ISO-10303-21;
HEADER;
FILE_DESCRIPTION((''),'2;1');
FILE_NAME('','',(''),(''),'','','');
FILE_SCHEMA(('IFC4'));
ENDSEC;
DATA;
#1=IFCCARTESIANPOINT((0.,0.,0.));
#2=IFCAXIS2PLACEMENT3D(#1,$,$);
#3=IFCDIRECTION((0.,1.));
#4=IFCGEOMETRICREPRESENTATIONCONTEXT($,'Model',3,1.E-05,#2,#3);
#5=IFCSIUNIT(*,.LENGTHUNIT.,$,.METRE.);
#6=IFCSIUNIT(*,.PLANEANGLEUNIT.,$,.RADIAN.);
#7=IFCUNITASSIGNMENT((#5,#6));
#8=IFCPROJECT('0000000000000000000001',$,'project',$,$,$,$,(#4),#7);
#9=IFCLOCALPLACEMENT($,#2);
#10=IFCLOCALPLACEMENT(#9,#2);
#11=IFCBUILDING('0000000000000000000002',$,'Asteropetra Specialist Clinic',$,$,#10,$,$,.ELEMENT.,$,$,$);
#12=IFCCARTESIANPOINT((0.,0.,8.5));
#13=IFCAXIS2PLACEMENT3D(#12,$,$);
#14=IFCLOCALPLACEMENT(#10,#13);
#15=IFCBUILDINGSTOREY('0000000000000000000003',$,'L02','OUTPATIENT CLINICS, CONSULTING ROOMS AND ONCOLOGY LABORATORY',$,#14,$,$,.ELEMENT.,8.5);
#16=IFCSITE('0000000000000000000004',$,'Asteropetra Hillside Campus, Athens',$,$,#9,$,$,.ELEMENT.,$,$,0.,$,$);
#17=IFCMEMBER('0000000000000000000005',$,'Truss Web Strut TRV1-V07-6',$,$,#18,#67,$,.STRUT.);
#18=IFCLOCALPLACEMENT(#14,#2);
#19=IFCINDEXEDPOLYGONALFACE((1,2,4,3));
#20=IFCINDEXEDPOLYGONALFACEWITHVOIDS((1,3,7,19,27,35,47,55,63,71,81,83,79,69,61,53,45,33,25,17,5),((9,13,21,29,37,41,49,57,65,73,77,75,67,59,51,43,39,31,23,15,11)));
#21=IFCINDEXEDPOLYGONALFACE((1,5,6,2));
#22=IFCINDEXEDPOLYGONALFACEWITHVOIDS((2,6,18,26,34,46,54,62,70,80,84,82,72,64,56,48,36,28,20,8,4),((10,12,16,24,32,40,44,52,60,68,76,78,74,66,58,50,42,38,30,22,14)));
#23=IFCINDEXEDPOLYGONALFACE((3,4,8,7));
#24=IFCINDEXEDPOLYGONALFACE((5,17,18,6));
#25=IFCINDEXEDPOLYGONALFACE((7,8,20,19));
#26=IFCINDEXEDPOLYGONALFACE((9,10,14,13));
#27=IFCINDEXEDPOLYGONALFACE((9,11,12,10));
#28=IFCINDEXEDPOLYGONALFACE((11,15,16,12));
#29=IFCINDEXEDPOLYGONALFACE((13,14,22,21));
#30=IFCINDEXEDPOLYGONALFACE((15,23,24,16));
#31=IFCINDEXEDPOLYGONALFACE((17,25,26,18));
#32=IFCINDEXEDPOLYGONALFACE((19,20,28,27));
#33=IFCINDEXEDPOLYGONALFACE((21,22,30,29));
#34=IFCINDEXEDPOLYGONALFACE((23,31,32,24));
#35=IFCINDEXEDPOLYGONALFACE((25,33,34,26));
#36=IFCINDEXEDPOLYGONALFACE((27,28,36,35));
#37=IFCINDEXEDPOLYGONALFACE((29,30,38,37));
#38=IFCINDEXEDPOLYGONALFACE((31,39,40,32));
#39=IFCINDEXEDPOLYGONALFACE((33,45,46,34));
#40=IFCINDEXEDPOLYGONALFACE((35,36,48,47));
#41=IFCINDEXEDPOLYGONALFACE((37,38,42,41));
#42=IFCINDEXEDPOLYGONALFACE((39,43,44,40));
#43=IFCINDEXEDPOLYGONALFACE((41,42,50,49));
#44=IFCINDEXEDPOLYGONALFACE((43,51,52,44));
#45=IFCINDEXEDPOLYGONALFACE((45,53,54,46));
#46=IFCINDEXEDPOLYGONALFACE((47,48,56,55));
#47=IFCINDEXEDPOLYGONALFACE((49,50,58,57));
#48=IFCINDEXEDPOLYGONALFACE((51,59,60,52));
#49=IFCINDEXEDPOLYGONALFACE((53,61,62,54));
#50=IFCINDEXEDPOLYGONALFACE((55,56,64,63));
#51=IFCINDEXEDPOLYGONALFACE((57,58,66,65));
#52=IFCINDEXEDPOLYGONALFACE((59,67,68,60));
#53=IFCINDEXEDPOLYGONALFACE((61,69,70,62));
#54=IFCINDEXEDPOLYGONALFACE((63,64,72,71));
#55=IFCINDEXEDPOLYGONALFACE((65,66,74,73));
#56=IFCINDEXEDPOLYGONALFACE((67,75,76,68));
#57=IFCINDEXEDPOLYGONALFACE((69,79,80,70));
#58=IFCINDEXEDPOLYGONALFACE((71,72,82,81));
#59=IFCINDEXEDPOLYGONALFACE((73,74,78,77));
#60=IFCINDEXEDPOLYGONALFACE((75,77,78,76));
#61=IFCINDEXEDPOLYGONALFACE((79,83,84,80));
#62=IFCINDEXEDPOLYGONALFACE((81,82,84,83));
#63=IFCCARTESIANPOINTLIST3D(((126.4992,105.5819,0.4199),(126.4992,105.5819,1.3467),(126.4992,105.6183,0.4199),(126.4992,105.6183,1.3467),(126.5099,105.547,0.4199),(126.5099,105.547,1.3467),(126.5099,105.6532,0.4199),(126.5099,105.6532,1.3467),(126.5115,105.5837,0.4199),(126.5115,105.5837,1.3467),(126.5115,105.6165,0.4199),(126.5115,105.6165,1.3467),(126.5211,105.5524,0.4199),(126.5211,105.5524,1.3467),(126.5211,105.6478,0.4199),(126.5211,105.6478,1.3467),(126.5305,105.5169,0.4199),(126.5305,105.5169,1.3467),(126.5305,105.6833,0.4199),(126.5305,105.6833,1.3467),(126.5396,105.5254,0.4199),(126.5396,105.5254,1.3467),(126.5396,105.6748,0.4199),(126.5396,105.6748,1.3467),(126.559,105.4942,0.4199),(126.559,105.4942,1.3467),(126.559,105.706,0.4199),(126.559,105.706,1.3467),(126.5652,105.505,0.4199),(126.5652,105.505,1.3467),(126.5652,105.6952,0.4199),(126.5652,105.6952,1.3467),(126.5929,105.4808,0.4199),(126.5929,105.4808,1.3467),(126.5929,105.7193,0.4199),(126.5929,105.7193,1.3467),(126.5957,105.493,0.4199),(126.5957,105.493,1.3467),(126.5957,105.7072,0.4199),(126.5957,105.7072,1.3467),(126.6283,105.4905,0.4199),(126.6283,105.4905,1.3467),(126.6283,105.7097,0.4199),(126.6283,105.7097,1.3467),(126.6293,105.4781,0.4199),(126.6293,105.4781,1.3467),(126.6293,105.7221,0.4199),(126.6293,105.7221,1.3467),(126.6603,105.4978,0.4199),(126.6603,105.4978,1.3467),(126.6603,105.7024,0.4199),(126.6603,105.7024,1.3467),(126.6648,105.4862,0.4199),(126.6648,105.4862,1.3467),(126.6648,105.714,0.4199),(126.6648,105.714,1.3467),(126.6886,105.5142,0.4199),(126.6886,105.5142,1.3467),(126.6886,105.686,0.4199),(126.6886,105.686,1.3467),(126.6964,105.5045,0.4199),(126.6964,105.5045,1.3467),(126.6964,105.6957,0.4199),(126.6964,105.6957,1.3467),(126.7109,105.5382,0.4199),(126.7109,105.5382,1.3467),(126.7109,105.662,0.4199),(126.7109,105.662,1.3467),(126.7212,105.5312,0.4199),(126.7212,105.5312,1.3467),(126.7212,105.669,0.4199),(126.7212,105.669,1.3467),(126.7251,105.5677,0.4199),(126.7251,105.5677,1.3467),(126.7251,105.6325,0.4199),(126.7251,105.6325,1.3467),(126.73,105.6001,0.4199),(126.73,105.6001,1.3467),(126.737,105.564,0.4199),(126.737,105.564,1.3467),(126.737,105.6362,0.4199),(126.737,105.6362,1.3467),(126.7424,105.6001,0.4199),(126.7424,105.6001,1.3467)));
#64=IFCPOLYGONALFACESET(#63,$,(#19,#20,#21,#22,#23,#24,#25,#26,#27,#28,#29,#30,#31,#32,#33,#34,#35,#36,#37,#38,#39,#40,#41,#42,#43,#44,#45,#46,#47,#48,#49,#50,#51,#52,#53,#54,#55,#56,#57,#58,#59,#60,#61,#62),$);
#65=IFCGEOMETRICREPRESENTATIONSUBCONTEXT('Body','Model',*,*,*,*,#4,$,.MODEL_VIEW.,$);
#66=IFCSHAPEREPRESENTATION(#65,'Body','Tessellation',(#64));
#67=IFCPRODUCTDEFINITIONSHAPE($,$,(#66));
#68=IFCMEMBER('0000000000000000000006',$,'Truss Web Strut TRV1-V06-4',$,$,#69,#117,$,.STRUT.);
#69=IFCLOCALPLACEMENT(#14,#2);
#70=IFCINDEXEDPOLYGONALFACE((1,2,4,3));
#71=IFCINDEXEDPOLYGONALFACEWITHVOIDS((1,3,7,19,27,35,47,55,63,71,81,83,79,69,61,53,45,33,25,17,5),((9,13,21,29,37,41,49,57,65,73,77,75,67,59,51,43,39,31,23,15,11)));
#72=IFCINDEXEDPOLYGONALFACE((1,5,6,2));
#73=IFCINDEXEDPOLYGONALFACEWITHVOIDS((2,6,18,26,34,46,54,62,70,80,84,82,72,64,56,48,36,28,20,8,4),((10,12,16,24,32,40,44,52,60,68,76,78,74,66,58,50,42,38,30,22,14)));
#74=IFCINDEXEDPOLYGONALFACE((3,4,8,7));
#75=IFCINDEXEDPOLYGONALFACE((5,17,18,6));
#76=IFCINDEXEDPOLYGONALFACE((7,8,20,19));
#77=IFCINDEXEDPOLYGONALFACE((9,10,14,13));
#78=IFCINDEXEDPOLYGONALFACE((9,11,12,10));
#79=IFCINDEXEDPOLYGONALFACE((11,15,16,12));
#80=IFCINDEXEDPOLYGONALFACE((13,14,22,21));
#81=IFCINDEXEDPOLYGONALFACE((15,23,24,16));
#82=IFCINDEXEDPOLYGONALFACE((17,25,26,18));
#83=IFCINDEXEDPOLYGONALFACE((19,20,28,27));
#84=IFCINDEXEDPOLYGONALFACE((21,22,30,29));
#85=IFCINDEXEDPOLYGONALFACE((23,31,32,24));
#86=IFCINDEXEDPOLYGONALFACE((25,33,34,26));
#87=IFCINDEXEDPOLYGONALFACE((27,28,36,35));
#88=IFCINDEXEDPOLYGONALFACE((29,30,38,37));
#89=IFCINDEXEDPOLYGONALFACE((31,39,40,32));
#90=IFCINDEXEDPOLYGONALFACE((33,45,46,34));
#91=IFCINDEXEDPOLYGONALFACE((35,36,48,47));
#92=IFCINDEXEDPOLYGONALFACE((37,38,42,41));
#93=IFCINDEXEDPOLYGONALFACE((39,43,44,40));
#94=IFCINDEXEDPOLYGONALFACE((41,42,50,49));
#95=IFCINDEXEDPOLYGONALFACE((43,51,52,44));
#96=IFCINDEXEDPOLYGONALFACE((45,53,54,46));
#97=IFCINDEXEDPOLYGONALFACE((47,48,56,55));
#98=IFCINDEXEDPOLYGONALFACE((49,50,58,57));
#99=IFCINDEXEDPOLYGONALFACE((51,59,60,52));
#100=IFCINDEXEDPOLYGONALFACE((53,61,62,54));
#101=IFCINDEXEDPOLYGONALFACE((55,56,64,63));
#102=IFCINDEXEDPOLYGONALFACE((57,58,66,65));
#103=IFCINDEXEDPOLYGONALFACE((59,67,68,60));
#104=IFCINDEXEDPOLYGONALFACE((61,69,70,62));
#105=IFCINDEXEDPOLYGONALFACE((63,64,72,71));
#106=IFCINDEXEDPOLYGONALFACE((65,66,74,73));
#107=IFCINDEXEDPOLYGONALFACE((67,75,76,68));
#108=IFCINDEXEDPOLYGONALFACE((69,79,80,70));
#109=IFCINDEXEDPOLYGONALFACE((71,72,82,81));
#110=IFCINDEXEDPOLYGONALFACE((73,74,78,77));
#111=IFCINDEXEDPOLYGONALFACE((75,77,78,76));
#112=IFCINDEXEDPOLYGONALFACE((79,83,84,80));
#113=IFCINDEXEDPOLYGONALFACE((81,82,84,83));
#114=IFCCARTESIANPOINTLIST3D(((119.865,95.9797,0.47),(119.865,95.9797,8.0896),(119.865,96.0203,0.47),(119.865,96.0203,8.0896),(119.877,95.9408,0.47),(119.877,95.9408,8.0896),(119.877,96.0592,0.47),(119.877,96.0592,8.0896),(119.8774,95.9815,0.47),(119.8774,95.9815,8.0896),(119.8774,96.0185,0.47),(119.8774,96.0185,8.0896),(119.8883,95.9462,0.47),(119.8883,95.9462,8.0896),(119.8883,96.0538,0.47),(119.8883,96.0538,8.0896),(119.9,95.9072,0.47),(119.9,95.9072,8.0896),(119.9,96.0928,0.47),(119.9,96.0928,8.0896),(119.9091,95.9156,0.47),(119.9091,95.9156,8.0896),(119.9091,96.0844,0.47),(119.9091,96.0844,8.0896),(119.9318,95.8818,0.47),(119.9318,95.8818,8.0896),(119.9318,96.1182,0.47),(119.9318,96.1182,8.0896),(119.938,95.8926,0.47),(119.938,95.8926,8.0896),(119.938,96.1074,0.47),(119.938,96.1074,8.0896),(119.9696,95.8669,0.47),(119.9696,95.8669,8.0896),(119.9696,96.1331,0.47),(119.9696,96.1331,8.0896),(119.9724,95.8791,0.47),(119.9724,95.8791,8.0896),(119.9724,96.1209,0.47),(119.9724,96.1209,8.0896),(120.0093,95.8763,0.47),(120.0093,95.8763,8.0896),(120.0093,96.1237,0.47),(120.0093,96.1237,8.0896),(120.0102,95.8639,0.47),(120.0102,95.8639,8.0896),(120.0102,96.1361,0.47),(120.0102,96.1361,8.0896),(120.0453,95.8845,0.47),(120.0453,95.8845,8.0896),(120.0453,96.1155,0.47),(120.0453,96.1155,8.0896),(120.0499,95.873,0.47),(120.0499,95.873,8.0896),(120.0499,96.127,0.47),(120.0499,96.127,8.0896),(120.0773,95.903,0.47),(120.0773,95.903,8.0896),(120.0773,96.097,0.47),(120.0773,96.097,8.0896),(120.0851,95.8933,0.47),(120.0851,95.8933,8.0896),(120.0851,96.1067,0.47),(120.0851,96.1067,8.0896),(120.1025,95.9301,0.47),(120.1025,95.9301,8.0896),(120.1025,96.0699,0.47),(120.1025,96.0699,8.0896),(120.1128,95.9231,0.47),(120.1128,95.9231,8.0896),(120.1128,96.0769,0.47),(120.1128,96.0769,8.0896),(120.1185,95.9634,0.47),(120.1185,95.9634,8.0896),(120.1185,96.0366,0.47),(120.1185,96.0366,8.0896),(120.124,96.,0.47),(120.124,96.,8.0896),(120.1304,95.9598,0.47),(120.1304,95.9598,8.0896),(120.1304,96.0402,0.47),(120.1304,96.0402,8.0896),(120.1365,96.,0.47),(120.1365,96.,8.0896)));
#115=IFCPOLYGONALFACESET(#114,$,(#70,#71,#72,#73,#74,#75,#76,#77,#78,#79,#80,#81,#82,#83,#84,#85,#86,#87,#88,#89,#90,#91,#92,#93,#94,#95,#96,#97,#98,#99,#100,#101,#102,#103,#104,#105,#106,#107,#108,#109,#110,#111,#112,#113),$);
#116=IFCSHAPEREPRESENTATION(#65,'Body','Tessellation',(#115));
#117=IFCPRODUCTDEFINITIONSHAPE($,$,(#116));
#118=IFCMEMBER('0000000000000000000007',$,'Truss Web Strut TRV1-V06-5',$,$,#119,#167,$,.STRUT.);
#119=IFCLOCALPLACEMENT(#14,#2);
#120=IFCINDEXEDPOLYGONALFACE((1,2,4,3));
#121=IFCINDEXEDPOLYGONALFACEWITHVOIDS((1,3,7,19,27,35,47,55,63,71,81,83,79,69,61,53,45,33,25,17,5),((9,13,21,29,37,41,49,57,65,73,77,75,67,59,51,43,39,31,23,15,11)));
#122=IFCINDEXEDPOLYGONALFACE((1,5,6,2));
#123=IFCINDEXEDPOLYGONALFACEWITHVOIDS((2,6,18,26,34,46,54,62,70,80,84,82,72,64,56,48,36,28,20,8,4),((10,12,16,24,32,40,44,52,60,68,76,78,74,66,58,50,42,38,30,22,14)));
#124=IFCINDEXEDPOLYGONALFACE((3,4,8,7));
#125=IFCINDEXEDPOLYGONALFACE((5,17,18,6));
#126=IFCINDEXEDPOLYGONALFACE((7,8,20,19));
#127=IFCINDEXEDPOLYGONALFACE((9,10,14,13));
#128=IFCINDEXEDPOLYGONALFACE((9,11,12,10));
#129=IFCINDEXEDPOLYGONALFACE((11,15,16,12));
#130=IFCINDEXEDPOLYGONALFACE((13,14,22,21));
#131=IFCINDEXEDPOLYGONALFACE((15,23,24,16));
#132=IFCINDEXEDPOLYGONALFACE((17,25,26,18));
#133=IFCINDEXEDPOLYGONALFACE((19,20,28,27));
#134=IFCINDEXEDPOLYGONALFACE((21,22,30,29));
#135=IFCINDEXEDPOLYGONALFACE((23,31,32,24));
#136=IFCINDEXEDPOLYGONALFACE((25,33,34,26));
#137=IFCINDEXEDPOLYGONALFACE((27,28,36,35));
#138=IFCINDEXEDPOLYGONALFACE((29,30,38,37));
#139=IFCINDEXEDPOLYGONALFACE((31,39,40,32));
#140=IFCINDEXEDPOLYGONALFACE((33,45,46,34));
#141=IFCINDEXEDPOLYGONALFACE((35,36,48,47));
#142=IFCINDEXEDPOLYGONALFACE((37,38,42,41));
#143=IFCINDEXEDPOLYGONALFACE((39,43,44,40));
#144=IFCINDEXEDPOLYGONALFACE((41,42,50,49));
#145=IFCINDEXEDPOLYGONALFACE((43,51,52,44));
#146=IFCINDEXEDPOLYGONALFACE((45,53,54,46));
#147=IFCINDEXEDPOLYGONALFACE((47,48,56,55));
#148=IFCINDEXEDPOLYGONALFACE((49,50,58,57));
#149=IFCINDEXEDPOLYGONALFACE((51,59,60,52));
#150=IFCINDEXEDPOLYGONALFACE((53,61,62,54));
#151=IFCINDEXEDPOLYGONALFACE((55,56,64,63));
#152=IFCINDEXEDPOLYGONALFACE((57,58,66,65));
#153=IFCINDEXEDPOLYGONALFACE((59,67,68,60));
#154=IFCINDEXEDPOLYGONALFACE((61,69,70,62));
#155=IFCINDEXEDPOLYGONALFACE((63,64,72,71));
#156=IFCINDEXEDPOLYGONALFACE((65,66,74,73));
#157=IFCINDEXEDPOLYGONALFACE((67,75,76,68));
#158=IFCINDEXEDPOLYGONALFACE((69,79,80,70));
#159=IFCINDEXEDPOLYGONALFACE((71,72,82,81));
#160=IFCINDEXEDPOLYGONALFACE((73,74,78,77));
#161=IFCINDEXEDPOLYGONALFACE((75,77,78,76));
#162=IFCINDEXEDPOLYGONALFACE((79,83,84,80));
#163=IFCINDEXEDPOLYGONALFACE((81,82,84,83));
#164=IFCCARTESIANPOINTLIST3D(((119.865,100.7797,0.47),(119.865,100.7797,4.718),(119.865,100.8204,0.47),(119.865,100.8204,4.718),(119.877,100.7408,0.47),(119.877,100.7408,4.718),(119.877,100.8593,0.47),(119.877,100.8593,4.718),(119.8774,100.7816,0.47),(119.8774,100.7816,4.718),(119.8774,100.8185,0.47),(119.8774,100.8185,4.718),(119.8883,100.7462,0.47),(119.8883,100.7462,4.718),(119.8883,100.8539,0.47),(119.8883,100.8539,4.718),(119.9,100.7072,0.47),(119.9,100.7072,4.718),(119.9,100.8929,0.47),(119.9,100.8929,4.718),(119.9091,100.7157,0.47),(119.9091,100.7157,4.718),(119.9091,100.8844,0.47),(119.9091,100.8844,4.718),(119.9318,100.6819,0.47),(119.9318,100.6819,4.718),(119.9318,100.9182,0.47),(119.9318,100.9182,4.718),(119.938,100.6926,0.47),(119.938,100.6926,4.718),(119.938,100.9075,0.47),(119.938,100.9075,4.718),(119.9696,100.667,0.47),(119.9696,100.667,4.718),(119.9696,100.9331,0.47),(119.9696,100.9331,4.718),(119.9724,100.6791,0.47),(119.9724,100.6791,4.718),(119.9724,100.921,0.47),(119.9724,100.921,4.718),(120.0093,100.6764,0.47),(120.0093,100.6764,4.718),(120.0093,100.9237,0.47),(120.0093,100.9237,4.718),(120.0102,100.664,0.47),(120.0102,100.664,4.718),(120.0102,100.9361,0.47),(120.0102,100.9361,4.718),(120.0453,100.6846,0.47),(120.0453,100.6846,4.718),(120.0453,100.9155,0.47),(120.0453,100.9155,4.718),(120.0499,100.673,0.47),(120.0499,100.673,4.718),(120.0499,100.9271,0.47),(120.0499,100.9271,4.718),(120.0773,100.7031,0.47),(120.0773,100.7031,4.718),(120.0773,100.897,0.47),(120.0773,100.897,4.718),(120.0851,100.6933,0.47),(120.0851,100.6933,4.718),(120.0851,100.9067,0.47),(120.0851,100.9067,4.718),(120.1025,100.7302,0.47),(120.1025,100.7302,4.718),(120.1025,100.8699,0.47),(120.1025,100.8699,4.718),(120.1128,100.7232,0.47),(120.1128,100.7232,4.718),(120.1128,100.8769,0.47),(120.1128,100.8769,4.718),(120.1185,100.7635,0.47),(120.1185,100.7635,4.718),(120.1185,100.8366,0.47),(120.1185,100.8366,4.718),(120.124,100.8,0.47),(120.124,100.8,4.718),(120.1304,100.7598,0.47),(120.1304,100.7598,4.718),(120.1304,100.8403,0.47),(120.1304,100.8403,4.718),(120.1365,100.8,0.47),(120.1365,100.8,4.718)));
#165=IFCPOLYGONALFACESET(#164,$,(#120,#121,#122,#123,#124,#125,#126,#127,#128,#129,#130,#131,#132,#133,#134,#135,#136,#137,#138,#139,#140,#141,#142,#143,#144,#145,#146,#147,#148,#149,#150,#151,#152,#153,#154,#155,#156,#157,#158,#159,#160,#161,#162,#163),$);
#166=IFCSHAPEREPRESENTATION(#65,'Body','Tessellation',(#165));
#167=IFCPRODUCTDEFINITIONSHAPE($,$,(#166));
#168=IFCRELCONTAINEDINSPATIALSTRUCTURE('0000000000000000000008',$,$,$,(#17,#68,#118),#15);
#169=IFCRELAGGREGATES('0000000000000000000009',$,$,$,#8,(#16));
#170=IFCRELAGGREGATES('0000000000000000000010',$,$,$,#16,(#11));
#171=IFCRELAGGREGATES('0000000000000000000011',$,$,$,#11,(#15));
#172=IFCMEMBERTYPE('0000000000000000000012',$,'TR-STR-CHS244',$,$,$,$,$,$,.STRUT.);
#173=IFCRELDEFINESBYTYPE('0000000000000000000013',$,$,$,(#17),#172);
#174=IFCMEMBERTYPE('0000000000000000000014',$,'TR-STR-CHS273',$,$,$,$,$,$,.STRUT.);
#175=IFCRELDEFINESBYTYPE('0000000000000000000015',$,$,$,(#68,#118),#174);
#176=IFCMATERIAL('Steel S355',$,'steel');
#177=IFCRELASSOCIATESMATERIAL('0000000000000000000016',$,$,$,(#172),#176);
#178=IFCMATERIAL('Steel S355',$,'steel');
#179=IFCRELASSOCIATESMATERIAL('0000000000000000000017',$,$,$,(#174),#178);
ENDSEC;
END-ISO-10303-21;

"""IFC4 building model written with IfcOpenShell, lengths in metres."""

from ifc_helpers import new_model, si_unit, direction, frame, origin, origin_2d, place, context, subcontext, project, spatial, hollow_circle, extrude, material, material_profile, profile_set, type_object, element, save


model = new_model("IFC4")

# Units and contexts
model_context = context("Model", 3, precision=1e-05, world=origin(), true_north=direction((0.0, 1.0)))
body_context = subcontext(model_context, "Body", "Model", "MODEL_VIEW")
ifc_project = project(units=[si_unit("LENGTHUNIT", "METRE"), si_unit("PLANEANGLEUNIT", "RADIAN")], contexts=[model_context])

# Site, building, storey
site_placement = place(None, origin())
site = spatial("IfcSite", under=ifc_project, at=site_placement, Name="Asteropetra Hillside Campus, Athens", CompositionType="ELEMENT", RefElevation=0.0)
building_placement = place(site_placement, origin())
building = spatial("IfcBuilding", under=site, at=building_placement, Name="Asteropetra Specialist Clinic", CompositionType="ELEMENT")
storey_placement = place(building_placement, frame((0.0, 0.0, 8.5)))
storey = spatial("IfcBuildingStorey", under=building, at=storey_placement, Name="L02", Description="OUTPATIENT CLINICS, CONSULTING ROOMS AND ONCOLOGY LABORATORY", CompositionType="ELEMENT", Elevation=8.5)

# Members
ifc_material_1 = material(Name="Steel S355", Category="steel")
ifc_material_profile_1 = material_profile(ifc_material_1, hollow_circle(Radius=0.1223, WallThickness=0.0125, at=origin_2d()), Name="CHS 244.5x12.5")
ifc_profile_set_1 = profile_set([ifc_material_profile_1], Name="Steel S355")
member_type_1 = type_object("IfcMemberType", Name="TR-STR-CHS244", PredefinedType="STRUT", material=ifc_profile_set_1)
member_1_placement = place(storey_placement, frame((126.6201, 105.6001, 0.4199), z_axis=(0.0, 0.0, 1.0), x_axis=(1.0, 0.0, 0.0)))
element("IfcMember", 1, at=member_1_placement, inside=storey, type_object=member_type_1, Name="Truss Web Strut TRV1-V07-6", PredefinedType="STRUT", context=body_context, shape_type="SweptSolid", body=[
    extrude(hollow_circle(Radius=0.1223, WallThickness=0.0125, at=origin_2d()), origin(), (0.0, 0.0, 1.0), 0.9268),
])
ifc_material_2 = material(Name="Steel S355", Category="steel")
ifc_material_profile_2 = material_profile(ifc_material_2, hollow_circle(Radius=0.1365, WallThickness=0.0125, at=origin_2d()), Name="CHS 273.0x12.5")
ifc_profile_set_2 = profile_set([ifc_material_profile_2], Name="Steel S355")
member_type_2 = type_object("IfcMemberType", Name="TR-STR-CHS273", PredefinedType="STRUT", material=ifc_profile_set_2)
member_2_placement = place(storey_placement, frame((120.0, 96.0, 0.47), z_axis=(0.0, 0.0, 1.0), x_axis=(1.0, 0.0, 0.0)))
element("IfcMember", 2, at=member_2_placement, inside=storey, type_object=member_type_2, Name="Truss Web Strut TRV1-V06-4", PredefinedType="STRUT", context=body_context, shape_type="SweptSolid", body=[
    extrude(hollow_circle(Radius=0.1365, WallThickness=0.0125, at=origin_2d()), origin(), (0.0, 0.0, 1.0), 7.6196),
])
member_3_placement = place(storey_placement, frame((120.0, 100.8, 0.47), z_axis=(0.0, 0.0, 1.0), x_axis=(1.0, 0.0, 0.0)))
element("IfcMember", 3, at=member_3_placement, inside=storey, type_object=member_type_2, Name="Truss Web Strut TRV1-V06-5", PredefinedType="STRUT", context=body_context, shape_type="SweptSolid", body=[
    extrude(hollow_circle(Radius=0.1365, WallThickness=0.0125, at=origin_2d()), origin(), (0.0, 0.0, 1.0), 4.248),
])

save(model, "model.ifc")
